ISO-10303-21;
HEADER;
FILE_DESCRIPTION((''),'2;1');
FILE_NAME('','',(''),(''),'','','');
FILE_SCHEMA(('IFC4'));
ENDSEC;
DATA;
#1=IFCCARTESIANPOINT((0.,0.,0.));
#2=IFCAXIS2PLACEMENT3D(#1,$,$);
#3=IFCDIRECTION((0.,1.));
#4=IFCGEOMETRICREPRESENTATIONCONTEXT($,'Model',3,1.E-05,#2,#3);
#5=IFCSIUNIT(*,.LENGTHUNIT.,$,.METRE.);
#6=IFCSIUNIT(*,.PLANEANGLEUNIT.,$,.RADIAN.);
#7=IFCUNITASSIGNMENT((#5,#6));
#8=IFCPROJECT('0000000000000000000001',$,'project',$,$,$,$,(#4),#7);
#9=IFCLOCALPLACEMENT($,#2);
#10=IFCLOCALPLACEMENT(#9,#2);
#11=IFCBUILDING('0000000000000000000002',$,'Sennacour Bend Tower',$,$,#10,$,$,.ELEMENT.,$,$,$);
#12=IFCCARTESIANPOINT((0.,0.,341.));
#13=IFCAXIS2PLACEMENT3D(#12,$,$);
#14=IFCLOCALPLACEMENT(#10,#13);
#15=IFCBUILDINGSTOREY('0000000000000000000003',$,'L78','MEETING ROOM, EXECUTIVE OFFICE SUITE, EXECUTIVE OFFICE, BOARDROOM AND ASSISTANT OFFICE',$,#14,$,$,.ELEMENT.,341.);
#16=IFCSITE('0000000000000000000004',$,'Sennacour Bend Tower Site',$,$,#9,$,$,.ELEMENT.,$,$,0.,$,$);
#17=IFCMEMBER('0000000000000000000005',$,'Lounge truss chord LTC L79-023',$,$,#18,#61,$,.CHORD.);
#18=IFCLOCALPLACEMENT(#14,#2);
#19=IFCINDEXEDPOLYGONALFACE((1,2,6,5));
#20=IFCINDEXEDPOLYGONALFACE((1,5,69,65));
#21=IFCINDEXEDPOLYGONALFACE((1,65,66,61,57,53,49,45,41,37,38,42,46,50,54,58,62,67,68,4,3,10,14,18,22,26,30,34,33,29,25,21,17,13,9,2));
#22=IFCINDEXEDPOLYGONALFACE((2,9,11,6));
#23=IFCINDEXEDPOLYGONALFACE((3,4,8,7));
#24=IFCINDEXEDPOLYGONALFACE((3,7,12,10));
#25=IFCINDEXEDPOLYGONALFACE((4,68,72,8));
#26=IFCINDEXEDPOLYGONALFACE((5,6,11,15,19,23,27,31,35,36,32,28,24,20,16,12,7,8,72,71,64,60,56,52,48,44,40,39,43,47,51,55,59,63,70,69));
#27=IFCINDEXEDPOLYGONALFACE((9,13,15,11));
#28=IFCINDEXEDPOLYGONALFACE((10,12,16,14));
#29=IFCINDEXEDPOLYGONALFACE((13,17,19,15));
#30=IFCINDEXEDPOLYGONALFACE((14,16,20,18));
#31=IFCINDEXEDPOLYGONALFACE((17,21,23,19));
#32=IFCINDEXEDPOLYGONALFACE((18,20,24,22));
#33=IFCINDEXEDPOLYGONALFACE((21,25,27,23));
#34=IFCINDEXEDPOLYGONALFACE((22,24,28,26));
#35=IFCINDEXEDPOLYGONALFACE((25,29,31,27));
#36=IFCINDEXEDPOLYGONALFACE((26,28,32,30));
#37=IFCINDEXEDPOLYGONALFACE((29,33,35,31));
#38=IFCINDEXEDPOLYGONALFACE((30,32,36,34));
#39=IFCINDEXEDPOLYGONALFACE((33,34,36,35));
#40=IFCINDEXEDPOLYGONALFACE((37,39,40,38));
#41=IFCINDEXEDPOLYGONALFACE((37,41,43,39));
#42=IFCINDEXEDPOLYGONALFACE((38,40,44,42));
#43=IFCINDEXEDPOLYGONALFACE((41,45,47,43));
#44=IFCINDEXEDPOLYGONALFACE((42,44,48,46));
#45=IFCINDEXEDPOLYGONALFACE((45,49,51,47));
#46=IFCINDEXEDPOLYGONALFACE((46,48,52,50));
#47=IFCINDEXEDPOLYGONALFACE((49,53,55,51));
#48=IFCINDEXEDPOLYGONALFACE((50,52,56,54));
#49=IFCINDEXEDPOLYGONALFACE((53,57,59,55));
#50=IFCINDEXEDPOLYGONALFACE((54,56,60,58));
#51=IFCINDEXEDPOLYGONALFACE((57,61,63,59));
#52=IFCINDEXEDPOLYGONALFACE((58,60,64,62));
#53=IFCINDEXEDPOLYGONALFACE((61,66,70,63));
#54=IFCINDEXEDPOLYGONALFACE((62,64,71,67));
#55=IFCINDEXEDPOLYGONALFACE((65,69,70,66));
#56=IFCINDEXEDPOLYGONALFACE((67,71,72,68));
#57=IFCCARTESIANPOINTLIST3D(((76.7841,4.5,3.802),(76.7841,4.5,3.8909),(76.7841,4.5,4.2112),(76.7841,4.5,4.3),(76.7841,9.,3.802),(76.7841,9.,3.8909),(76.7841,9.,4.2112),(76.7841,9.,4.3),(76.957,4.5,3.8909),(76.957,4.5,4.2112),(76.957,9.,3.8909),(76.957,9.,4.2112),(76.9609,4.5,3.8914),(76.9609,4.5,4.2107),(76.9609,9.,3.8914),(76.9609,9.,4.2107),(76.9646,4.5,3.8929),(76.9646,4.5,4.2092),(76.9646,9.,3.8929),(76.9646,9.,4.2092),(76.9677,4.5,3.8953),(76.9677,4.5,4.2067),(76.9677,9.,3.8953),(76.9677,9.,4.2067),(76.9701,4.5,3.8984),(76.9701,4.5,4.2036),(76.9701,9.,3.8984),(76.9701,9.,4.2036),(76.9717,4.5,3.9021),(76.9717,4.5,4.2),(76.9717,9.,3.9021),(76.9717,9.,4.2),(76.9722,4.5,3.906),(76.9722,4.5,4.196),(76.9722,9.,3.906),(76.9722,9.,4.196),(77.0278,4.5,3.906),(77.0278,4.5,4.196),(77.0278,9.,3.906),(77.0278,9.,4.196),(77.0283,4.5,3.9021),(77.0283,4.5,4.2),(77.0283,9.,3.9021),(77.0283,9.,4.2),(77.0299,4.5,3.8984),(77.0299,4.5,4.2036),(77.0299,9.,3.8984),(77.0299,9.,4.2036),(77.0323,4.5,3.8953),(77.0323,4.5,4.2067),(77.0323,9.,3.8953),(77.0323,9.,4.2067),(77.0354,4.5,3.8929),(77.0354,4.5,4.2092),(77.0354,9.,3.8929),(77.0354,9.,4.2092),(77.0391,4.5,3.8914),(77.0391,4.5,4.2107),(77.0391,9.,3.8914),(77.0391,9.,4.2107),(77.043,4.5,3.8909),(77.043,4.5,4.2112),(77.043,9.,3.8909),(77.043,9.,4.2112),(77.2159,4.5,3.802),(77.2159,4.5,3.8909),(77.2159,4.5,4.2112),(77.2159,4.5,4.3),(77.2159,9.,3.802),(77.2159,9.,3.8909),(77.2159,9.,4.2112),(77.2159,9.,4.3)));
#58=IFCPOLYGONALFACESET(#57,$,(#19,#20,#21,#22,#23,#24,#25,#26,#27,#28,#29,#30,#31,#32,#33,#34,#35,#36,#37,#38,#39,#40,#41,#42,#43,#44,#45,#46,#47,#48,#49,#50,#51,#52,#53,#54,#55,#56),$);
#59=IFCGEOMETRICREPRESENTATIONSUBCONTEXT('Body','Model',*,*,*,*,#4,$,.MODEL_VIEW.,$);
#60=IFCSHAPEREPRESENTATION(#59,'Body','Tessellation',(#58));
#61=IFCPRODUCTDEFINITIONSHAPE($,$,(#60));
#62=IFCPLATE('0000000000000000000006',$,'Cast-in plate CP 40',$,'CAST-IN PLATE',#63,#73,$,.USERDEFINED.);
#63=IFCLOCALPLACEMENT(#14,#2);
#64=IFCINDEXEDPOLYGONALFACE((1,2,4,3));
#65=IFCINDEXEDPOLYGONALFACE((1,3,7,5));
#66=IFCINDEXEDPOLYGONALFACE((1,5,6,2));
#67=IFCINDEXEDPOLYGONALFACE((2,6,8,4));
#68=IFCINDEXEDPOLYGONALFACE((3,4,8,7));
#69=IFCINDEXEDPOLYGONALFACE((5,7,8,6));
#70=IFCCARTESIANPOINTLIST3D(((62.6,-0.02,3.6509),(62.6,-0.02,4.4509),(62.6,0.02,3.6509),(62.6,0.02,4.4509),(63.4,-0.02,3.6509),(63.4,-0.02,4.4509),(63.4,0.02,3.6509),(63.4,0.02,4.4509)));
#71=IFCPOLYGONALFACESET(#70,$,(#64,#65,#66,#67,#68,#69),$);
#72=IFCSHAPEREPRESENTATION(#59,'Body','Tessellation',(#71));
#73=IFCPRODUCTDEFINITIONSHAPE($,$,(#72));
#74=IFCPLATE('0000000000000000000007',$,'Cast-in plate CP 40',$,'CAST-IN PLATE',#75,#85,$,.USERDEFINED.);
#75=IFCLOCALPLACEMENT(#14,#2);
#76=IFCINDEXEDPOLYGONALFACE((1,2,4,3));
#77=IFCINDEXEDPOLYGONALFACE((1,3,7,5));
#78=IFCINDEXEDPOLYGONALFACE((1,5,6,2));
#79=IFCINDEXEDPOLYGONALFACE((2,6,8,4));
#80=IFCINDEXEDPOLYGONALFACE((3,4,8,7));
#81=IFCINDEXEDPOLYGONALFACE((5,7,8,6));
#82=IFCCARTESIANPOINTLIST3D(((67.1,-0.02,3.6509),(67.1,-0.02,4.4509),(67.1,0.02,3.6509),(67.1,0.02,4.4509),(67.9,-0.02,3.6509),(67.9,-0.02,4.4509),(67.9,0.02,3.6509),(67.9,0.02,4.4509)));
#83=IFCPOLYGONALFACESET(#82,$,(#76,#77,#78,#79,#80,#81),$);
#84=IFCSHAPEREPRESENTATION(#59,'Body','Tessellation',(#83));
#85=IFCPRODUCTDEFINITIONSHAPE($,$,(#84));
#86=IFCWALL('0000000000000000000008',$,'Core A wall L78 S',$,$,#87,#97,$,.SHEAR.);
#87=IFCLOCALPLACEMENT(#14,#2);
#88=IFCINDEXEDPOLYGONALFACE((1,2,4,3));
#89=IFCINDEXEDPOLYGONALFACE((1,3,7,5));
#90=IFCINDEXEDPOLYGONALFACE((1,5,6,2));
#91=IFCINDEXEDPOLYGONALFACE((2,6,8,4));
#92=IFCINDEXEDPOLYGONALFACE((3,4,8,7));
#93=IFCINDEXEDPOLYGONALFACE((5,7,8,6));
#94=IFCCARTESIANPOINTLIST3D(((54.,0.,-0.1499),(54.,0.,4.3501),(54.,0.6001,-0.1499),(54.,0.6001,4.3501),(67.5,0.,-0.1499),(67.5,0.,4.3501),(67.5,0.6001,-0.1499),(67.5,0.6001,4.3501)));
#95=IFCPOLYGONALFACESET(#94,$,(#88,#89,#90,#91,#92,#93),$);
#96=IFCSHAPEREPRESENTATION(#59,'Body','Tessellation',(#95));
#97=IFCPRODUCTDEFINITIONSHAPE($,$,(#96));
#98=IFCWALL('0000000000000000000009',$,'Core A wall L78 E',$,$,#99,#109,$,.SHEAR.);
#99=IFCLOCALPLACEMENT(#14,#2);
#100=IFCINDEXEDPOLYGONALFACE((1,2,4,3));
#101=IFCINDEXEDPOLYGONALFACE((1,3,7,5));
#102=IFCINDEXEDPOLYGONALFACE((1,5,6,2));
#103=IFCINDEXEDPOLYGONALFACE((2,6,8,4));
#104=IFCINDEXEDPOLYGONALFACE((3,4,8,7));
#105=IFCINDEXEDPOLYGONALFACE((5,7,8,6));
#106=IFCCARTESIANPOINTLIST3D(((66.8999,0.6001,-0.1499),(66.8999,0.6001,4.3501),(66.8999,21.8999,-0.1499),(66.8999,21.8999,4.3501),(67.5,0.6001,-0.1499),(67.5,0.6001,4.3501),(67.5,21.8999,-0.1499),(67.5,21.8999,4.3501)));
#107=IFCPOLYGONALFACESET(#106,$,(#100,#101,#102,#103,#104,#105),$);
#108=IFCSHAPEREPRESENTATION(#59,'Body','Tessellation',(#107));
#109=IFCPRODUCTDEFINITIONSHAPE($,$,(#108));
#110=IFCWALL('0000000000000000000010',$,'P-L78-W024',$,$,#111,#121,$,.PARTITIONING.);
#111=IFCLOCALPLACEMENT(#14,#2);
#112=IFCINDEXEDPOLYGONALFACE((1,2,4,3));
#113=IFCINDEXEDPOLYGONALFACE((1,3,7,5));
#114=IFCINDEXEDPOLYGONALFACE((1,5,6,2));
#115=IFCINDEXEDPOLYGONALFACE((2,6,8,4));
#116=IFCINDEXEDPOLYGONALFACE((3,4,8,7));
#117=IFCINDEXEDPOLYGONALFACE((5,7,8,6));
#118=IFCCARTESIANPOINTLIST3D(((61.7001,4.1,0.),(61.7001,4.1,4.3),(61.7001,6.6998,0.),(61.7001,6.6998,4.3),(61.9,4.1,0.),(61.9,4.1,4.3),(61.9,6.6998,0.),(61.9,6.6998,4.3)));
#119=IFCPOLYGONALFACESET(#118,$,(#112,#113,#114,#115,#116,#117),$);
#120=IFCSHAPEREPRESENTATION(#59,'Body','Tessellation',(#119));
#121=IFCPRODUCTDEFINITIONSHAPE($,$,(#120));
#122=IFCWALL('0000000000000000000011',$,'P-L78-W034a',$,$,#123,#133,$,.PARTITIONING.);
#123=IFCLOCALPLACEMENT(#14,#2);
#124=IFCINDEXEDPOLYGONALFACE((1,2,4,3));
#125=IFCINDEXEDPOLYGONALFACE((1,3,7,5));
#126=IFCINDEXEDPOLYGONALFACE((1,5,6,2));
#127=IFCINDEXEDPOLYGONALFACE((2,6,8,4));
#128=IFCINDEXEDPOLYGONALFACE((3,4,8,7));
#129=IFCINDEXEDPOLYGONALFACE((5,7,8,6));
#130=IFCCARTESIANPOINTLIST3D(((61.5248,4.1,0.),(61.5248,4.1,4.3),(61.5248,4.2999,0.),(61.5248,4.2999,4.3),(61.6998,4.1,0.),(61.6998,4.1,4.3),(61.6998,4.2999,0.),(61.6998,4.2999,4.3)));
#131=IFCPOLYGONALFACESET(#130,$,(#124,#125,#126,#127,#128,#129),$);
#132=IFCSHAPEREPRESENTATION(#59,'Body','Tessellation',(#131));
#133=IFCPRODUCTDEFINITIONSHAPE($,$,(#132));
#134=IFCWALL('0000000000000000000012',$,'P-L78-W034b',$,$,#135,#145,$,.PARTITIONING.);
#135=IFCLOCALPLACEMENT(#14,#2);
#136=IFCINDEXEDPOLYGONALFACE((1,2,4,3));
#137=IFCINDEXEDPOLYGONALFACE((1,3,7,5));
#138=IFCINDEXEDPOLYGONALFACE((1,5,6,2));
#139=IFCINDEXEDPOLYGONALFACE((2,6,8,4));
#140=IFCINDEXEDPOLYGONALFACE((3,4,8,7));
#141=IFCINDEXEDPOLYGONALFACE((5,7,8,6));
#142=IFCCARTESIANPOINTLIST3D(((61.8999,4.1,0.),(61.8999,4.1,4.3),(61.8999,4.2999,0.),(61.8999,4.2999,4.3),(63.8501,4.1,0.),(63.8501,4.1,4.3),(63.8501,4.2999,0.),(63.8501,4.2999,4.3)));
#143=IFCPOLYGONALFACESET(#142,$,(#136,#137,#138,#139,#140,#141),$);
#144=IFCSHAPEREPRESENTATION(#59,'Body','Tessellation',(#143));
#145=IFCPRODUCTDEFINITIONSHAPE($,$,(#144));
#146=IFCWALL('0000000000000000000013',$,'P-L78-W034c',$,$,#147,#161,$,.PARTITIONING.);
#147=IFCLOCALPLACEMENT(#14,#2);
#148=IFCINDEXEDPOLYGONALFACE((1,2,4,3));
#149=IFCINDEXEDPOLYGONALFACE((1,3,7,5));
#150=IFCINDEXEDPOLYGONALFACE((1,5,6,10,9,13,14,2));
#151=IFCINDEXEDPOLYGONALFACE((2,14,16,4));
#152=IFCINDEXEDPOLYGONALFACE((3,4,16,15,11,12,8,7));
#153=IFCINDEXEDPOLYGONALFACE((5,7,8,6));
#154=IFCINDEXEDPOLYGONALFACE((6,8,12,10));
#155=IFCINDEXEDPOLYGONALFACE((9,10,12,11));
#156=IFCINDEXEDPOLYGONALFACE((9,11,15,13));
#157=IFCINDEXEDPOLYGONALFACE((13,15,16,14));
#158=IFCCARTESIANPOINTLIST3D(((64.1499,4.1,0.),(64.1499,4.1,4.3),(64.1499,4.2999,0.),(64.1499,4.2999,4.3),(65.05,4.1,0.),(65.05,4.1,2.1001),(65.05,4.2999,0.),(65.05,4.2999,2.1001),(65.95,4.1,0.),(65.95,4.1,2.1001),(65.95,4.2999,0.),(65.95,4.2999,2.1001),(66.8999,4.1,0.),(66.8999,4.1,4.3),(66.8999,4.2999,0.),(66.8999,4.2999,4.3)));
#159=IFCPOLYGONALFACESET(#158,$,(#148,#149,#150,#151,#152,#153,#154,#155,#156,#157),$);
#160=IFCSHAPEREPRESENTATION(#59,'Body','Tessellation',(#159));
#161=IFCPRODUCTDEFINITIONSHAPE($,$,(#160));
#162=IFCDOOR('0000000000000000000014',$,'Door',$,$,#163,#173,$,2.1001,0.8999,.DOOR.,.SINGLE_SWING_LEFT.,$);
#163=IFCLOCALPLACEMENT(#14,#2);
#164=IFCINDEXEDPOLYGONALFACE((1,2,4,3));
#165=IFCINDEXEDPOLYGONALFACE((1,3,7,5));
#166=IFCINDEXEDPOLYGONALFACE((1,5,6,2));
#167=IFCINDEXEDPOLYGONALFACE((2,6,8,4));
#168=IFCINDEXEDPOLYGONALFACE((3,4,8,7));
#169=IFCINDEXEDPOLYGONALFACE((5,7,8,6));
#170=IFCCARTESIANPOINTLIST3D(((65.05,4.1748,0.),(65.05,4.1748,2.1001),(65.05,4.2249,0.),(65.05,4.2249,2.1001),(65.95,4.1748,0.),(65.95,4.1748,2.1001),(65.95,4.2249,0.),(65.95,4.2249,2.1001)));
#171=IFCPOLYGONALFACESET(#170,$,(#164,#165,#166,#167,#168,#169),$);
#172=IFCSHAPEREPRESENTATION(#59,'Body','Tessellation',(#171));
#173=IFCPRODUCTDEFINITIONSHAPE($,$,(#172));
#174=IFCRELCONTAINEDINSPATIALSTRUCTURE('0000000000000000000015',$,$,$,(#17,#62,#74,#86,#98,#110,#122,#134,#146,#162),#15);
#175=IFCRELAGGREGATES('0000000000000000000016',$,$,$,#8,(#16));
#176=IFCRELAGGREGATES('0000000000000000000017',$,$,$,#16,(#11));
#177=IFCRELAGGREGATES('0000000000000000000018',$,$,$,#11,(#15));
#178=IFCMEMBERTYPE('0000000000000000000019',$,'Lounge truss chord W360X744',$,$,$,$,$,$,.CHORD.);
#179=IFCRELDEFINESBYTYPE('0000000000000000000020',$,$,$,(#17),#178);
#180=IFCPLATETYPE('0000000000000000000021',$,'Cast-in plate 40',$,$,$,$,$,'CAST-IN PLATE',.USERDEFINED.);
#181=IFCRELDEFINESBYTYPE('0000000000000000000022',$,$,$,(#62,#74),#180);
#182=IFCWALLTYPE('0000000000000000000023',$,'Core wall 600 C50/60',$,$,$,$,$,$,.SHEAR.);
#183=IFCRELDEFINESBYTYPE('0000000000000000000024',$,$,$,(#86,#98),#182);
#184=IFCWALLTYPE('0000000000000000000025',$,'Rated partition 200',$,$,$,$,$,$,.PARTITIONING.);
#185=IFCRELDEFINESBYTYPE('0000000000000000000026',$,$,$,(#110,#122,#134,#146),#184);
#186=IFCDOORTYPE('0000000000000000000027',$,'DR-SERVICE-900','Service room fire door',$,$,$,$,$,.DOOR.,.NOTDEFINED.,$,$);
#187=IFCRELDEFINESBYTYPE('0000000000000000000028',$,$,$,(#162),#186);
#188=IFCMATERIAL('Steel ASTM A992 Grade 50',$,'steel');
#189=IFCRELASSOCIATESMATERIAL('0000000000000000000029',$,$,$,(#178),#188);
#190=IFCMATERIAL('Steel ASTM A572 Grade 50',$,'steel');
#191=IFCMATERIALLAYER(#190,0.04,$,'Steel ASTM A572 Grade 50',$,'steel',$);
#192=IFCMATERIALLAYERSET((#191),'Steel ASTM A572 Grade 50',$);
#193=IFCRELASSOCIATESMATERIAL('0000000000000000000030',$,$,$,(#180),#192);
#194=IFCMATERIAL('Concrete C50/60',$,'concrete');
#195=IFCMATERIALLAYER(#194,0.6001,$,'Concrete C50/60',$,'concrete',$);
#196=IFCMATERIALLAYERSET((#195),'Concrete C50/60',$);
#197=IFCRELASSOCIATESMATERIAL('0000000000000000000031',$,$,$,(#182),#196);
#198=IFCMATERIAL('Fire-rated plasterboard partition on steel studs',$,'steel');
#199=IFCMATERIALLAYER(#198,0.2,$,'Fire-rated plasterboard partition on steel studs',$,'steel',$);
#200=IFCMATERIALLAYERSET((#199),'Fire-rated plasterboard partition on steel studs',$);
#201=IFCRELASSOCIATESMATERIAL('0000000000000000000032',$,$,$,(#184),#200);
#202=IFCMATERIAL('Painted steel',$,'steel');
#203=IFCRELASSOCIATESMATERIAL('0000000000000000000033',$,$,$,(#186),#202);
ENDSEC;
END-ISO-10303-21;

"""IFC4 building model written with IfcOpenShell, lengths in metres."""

from ifc_helpers import new_model, si_unit, direction, frame, frame_2d, origin, origin_2d, place, context, subcontext, project, spatial, rectangle, i_section, extrude, material, layer, layer_set, material_profile, profile_set, type_object, element, fill, save


model = new_model("IFC4")

# Units and contexts
model_context = context("Model", 3, precision=1e-05, world=origin(), true_north=direction((0.0, 1.0)))
body_context = subcontext(model_context, "Body", "Model", "MODEL_VIEW")
ifc_project = project(units=[si_unit("LENGTHUNIT", "METRE"), si_unit("PLANEANGLEUNIT", "RADIAN")], contexts=[model_context])

# Site, building, storey
site_placement = place(None, origin())
site = spatial("IfcSite", under=ifc_project, at=site_placement, Name="Sennacour Bend Tower Site", CompositionType="ELEMENT", RefElevation=0.0)
building_placement = place(site_placement, origin())
building = spatial("IfcBuilding", under=site, at=building_placement, Name="Sennacour Bend Tower", CompositionType="ELEMENT")
storey_placement = place(building_placement, frame((0.0, 0.0, 341.0)))
storey = spatial("IfcBuildingStorey", under=building, at=storey_placement, Name="L78", Description="MEETING ROOM, EXECUTIVE OFFICE SUITE, EXECUTIVE OFFICE, BOARDROOM AND ASSISTANT OFFICE", CompositionType="ELEMENT", Elevation=341.0)

# Shared definitions
ifc_material_1 = material(Name="Steel ASTM A992 Grade 50", Category="steel")

# Member
ifc_material_profile_1 = material_profile(ifc_material_1, i_section(OverallWidth=0.4319, OverallDepth=0.498, WebThickness=0.0557, FlangeThickness=0.0889, FilletRadius=0.0151, at=origin_2d()), Name="Steel ASTM A992 Grade 50", Category="steel")
ifc_profile_set_1 = profile_set([ifc_material_profile_1], Name="Steel ASTM A992 Grade 50")
member_type = type_object("IfcMemberType", Name="Lounge truss chord W360X744", PredefinedType="CHORD", material=ifc_profile_set_1)
for number, where, z_axis, x_axis, name in (
    (1, (77.0, 4.5, 4.051), (0.0, 1.0, 0.0), (-1.0, 0.0, 0.0), "Lounge truss chord LTC L79-023"),
):
    element("IfcMember", number, at=place(storey_placement, frame(where, z_axis=z_axis, x_axis=x_axis)), inside=storey, type_object=member_type, Name=name, PredefinedType="CHORD", context=body_context, shape_type="SweptSolid", body=[
        extrude(i_section(OverallWidth=0.4319, OverallDepth=0.498, WebThickness=0.0557, FlangeThickness=0.0889, FilletRadius=0.0151, at=origin_2d()), origin(), (0.0, 0.0, 1.0), 4.5),
    ])

# Plates
ifc_material_2 = material(Name="Steel ASTM A572 Grade 50", Category="steel")
ifc_layer_1 = layer(ifc_material_2, 0.04, Name="Steel ASTM A572 Grade 50", Category="steel")
ifc_layer_set_1 = layer_set([ifc_layer_1], Name="Steel ASTM A572 Grade 50")
plate_type = type_object("IfcPlateType", Name="Cast-in plate 40", ElementType="CAST-IN PLATE", PredefinedType="USERDEFINED", material=ifc_layer_set_1)
for number, where, z_axis, x_axis, name in (
    (2, (63.0, 0.0, 3.6509), (0.0, 0.0, 1.0), (1.0, 0.0, 0.0), "Cast-in plate CP 40"),
    (3, (67.5, 0.0, 3.6509), (0.0, 0.0, 1.0), (1.0, 0.0, 0.0), "Cast-in plate CP 40"),
):
    element("IfcPlate", number, at=place(storey_placement, frame(where, z_axis=z_axis, x_axis=x_axis)), inside=storey, type_object=plate_type, Name=name, ObjectType="CAST-IN PLATE", PredefinedType="USERDEFINED", context=body_context, shape_type="SweptSolid", body=[
        extrude(rectangle(XDim=0.8, YDim=0.04, at=origin_2d()), origin(), (0.0, 0.0, 1.0), 0.8),
    ])

# Walls
ifc_material_3 = material(Name="Concrete C50/60", Category="concrete")
ifc_layer_2 = layer(ifc_material_3, 0.6001, Name="Concrete C50/60", Category="concrete")
ifc_layer_set_2 = layer_set([ifc_layer_2], Name="Concrete C50/60")
wall_type_1 = type_object("IfcWallType", Name="Core wall 600 C50/60", PredefinedType="SHEAR", material=ifc_layer_set_2)
wall_1_placement = place(storey_placement, frame((67.5, 0.3, -0.1499), z_axis=(0.0, 0.0, 1.0), x_axis=(-1.0, 0.0, 0.0)))
element("IfcWall", 4, at=wall_1_placement, inside=storey, type_object=wall_type_1, Name="Core A wall L78 S", PredefinedType="SHEAR", context=body_context, shape_type="SweptSolid", body=[
    extrude(rectangle(XDim=13.5, YDim=0.6001, at=frame_2d((6.75, 0.0))), origin(), (0.0, 0.0, 1.0), 4.5),
])
wall_2_placement = place(storey_placement, frame((67.2, 0.6001, -0.1499), z_axis=(0.0, 0.0, 1.0), x_axis=(0.0, 1.0, 0.0)))
element("IfcWall", 5, at=wall_2_placement, inside=storey, type_object=wall_type_1, Name="Core A wall L78 E", PredefinedType="SHEAR", context=body_context, shape_type="SweptSolid", body=[
    extrude(rectangle(XDim=21.2998, YDim=0.6001, at=frame_2d((10.6499, 0.0))), origin(), (0.0, 0.0, 1.0), 4.5),
])
ifc_material_4 = material(Name="Fire-rated plasterboard partition on steel studs", Category="steel")
ifc_layer_3 = layer(ifc_material_4, 0.2, Name="Fire-rated plasterboard partition on steel studs", Category="steel")
ifc_layer_set_3 = layer_set([ifc_layer_3], Name="Fire-rated plasterboard partition on steel studs")
wall_type_2 = type_object("IfcWallType", Name="Rated partition 200", PredefinedType="PARTITIONING", material=ifc_layer_set_3)
wall_3_placement = place(storey_placement, frame((61.8, 4.1001, 0.0), z_axis=(0.0, 0.0, 1.0), x_axis=(0.0, 1.0, 0.0)))
element("IfcWall", 6, at=wall_3_placement, inside=storey, type_object=wall_type_2, Name="P-L78-W024", PredefinedType="PARTITIONING", context=body_context, shape_type="SweptSolid", body=[
    extrude(rectangle(XDim=2.5999, YDim=0.2, at=frame_2d((1.2998, 0.0))), origin(), (0.0, 0.0, 1.0), 4.3),
])
wall_4_placement = place(storey_placement, frame((61.5249, 4.2, 0.0), z_axis=(0.0, 0.0, 1.0), x_axis=(1.0, 0.0, 0.0)))
element("IfcWall", 7, at=wall_4_placement, inside=storey, type_object=wall_type_2, Name="P-L78-W034a", PredefinedType="PARTITIONING", context=body_context, shape_type="SweptSolid", body=[
    extrude(rectangle(XDim=0.175, YDim=0.2, at=frame_2d((0.0874, 0.0))), origin(), (0.0, 0.0, 1.0), 4.3),
])
wall_5_placement = place(storey_placement, frame((61.8999, 4.2, 0.0), z_axis=(0.0, 0.0, 1.0), x_axis=(1.0, 0.0, 0.0)))
element("IfcWall", 8, at=wall_5_placement, inside=storey, type_object=wall_type_2, Name="P-L78-W034b", PredefinedType="PARTITIONING", context=body_context, shape_type="SweptSolid", body=[
    extrude(rectangle(XDim=1.9502, YDim=0.2, at=frame_2d((0.9751, 0.0))), origin(), (0.0, 0.0, 1.0), 4.3),
])

# Wall, opening, door
wall_6_placement = place(storey_placement, frame((64.1499, 4.2, 0.0), z_axis=(0.0, 0.0, 1.0), x_axis=(1.0, 0.0, 0.0)))
wall_6 = element("IfcWall", 9, at=wall_6_placement, inside=storey, type_object=wall_type_2, Name="P-L78-W034c", PredefinedType="PARTITIONING", context=body_context, shape_type="SweptSolid", body=[
    extrude(rectangle(XDim=2.75, YDim=0.2, at=frame_2d((1.375, 0.0))), origin(), (0.0, 0.0, 1.0), 4.3),
])
opening_1_placement = place(wall_6_placement, frame((0.9001, 0.0, 0.0)))
opening_1 = element("IfcOpeningElement", 10, at=opening_1_placement, cuts=wall_6, PredefinedType="OPENING", context=body_context, shape_type="SweptSolid", body=[
    extrude(rectangle(XDim=0.8999, YDim=2.1001, at=frame_2d((0.45, 1.05))), frame((0.0, 0.1099, 0.0), z_axis=(0.0, -1.0, 0.0), x_axis=(1.0, 0.0, 0.0)), (0.0, 0.0, 1.0), 0.22),
])
ifc_material_5 = material(Name="Painted steel", Category="steel")
door_type_1 = type_object("IfcDoorType", Name="DR-SERVICE-900", Description="Service room fire door", OperationType="NOTDEFINED", PredefinedType="DOOR", material=ifc_material_5)
door_1_placement = place(opening_1_placement, origin())
door_1 = element("IfcDoor", 11, at=door_1_placement, inside=storey, type_object=door_type_1, Name="Door", OperationType="SINGLE_SWING_LEFT", OverallHeight=2.1001, OverallWidth=0.8999, PredefinedType="DOOR", context=body_context, shape_type="SweptSolid", body=[
    extrude(rectangle(XDim=0.8999, YDim=2.1001, at=frame_2d((0.45, 1.05))), frame((0.0, 0.0249, 0.0), z_axis=(0.0, -1.0, 0.0), x_axis=(1.0, 0.0, 0.0)), (0.0, 0.0, 1.0), 0.05),
])
fill(opening_1, door_1)

save(model, "model.ifc")
